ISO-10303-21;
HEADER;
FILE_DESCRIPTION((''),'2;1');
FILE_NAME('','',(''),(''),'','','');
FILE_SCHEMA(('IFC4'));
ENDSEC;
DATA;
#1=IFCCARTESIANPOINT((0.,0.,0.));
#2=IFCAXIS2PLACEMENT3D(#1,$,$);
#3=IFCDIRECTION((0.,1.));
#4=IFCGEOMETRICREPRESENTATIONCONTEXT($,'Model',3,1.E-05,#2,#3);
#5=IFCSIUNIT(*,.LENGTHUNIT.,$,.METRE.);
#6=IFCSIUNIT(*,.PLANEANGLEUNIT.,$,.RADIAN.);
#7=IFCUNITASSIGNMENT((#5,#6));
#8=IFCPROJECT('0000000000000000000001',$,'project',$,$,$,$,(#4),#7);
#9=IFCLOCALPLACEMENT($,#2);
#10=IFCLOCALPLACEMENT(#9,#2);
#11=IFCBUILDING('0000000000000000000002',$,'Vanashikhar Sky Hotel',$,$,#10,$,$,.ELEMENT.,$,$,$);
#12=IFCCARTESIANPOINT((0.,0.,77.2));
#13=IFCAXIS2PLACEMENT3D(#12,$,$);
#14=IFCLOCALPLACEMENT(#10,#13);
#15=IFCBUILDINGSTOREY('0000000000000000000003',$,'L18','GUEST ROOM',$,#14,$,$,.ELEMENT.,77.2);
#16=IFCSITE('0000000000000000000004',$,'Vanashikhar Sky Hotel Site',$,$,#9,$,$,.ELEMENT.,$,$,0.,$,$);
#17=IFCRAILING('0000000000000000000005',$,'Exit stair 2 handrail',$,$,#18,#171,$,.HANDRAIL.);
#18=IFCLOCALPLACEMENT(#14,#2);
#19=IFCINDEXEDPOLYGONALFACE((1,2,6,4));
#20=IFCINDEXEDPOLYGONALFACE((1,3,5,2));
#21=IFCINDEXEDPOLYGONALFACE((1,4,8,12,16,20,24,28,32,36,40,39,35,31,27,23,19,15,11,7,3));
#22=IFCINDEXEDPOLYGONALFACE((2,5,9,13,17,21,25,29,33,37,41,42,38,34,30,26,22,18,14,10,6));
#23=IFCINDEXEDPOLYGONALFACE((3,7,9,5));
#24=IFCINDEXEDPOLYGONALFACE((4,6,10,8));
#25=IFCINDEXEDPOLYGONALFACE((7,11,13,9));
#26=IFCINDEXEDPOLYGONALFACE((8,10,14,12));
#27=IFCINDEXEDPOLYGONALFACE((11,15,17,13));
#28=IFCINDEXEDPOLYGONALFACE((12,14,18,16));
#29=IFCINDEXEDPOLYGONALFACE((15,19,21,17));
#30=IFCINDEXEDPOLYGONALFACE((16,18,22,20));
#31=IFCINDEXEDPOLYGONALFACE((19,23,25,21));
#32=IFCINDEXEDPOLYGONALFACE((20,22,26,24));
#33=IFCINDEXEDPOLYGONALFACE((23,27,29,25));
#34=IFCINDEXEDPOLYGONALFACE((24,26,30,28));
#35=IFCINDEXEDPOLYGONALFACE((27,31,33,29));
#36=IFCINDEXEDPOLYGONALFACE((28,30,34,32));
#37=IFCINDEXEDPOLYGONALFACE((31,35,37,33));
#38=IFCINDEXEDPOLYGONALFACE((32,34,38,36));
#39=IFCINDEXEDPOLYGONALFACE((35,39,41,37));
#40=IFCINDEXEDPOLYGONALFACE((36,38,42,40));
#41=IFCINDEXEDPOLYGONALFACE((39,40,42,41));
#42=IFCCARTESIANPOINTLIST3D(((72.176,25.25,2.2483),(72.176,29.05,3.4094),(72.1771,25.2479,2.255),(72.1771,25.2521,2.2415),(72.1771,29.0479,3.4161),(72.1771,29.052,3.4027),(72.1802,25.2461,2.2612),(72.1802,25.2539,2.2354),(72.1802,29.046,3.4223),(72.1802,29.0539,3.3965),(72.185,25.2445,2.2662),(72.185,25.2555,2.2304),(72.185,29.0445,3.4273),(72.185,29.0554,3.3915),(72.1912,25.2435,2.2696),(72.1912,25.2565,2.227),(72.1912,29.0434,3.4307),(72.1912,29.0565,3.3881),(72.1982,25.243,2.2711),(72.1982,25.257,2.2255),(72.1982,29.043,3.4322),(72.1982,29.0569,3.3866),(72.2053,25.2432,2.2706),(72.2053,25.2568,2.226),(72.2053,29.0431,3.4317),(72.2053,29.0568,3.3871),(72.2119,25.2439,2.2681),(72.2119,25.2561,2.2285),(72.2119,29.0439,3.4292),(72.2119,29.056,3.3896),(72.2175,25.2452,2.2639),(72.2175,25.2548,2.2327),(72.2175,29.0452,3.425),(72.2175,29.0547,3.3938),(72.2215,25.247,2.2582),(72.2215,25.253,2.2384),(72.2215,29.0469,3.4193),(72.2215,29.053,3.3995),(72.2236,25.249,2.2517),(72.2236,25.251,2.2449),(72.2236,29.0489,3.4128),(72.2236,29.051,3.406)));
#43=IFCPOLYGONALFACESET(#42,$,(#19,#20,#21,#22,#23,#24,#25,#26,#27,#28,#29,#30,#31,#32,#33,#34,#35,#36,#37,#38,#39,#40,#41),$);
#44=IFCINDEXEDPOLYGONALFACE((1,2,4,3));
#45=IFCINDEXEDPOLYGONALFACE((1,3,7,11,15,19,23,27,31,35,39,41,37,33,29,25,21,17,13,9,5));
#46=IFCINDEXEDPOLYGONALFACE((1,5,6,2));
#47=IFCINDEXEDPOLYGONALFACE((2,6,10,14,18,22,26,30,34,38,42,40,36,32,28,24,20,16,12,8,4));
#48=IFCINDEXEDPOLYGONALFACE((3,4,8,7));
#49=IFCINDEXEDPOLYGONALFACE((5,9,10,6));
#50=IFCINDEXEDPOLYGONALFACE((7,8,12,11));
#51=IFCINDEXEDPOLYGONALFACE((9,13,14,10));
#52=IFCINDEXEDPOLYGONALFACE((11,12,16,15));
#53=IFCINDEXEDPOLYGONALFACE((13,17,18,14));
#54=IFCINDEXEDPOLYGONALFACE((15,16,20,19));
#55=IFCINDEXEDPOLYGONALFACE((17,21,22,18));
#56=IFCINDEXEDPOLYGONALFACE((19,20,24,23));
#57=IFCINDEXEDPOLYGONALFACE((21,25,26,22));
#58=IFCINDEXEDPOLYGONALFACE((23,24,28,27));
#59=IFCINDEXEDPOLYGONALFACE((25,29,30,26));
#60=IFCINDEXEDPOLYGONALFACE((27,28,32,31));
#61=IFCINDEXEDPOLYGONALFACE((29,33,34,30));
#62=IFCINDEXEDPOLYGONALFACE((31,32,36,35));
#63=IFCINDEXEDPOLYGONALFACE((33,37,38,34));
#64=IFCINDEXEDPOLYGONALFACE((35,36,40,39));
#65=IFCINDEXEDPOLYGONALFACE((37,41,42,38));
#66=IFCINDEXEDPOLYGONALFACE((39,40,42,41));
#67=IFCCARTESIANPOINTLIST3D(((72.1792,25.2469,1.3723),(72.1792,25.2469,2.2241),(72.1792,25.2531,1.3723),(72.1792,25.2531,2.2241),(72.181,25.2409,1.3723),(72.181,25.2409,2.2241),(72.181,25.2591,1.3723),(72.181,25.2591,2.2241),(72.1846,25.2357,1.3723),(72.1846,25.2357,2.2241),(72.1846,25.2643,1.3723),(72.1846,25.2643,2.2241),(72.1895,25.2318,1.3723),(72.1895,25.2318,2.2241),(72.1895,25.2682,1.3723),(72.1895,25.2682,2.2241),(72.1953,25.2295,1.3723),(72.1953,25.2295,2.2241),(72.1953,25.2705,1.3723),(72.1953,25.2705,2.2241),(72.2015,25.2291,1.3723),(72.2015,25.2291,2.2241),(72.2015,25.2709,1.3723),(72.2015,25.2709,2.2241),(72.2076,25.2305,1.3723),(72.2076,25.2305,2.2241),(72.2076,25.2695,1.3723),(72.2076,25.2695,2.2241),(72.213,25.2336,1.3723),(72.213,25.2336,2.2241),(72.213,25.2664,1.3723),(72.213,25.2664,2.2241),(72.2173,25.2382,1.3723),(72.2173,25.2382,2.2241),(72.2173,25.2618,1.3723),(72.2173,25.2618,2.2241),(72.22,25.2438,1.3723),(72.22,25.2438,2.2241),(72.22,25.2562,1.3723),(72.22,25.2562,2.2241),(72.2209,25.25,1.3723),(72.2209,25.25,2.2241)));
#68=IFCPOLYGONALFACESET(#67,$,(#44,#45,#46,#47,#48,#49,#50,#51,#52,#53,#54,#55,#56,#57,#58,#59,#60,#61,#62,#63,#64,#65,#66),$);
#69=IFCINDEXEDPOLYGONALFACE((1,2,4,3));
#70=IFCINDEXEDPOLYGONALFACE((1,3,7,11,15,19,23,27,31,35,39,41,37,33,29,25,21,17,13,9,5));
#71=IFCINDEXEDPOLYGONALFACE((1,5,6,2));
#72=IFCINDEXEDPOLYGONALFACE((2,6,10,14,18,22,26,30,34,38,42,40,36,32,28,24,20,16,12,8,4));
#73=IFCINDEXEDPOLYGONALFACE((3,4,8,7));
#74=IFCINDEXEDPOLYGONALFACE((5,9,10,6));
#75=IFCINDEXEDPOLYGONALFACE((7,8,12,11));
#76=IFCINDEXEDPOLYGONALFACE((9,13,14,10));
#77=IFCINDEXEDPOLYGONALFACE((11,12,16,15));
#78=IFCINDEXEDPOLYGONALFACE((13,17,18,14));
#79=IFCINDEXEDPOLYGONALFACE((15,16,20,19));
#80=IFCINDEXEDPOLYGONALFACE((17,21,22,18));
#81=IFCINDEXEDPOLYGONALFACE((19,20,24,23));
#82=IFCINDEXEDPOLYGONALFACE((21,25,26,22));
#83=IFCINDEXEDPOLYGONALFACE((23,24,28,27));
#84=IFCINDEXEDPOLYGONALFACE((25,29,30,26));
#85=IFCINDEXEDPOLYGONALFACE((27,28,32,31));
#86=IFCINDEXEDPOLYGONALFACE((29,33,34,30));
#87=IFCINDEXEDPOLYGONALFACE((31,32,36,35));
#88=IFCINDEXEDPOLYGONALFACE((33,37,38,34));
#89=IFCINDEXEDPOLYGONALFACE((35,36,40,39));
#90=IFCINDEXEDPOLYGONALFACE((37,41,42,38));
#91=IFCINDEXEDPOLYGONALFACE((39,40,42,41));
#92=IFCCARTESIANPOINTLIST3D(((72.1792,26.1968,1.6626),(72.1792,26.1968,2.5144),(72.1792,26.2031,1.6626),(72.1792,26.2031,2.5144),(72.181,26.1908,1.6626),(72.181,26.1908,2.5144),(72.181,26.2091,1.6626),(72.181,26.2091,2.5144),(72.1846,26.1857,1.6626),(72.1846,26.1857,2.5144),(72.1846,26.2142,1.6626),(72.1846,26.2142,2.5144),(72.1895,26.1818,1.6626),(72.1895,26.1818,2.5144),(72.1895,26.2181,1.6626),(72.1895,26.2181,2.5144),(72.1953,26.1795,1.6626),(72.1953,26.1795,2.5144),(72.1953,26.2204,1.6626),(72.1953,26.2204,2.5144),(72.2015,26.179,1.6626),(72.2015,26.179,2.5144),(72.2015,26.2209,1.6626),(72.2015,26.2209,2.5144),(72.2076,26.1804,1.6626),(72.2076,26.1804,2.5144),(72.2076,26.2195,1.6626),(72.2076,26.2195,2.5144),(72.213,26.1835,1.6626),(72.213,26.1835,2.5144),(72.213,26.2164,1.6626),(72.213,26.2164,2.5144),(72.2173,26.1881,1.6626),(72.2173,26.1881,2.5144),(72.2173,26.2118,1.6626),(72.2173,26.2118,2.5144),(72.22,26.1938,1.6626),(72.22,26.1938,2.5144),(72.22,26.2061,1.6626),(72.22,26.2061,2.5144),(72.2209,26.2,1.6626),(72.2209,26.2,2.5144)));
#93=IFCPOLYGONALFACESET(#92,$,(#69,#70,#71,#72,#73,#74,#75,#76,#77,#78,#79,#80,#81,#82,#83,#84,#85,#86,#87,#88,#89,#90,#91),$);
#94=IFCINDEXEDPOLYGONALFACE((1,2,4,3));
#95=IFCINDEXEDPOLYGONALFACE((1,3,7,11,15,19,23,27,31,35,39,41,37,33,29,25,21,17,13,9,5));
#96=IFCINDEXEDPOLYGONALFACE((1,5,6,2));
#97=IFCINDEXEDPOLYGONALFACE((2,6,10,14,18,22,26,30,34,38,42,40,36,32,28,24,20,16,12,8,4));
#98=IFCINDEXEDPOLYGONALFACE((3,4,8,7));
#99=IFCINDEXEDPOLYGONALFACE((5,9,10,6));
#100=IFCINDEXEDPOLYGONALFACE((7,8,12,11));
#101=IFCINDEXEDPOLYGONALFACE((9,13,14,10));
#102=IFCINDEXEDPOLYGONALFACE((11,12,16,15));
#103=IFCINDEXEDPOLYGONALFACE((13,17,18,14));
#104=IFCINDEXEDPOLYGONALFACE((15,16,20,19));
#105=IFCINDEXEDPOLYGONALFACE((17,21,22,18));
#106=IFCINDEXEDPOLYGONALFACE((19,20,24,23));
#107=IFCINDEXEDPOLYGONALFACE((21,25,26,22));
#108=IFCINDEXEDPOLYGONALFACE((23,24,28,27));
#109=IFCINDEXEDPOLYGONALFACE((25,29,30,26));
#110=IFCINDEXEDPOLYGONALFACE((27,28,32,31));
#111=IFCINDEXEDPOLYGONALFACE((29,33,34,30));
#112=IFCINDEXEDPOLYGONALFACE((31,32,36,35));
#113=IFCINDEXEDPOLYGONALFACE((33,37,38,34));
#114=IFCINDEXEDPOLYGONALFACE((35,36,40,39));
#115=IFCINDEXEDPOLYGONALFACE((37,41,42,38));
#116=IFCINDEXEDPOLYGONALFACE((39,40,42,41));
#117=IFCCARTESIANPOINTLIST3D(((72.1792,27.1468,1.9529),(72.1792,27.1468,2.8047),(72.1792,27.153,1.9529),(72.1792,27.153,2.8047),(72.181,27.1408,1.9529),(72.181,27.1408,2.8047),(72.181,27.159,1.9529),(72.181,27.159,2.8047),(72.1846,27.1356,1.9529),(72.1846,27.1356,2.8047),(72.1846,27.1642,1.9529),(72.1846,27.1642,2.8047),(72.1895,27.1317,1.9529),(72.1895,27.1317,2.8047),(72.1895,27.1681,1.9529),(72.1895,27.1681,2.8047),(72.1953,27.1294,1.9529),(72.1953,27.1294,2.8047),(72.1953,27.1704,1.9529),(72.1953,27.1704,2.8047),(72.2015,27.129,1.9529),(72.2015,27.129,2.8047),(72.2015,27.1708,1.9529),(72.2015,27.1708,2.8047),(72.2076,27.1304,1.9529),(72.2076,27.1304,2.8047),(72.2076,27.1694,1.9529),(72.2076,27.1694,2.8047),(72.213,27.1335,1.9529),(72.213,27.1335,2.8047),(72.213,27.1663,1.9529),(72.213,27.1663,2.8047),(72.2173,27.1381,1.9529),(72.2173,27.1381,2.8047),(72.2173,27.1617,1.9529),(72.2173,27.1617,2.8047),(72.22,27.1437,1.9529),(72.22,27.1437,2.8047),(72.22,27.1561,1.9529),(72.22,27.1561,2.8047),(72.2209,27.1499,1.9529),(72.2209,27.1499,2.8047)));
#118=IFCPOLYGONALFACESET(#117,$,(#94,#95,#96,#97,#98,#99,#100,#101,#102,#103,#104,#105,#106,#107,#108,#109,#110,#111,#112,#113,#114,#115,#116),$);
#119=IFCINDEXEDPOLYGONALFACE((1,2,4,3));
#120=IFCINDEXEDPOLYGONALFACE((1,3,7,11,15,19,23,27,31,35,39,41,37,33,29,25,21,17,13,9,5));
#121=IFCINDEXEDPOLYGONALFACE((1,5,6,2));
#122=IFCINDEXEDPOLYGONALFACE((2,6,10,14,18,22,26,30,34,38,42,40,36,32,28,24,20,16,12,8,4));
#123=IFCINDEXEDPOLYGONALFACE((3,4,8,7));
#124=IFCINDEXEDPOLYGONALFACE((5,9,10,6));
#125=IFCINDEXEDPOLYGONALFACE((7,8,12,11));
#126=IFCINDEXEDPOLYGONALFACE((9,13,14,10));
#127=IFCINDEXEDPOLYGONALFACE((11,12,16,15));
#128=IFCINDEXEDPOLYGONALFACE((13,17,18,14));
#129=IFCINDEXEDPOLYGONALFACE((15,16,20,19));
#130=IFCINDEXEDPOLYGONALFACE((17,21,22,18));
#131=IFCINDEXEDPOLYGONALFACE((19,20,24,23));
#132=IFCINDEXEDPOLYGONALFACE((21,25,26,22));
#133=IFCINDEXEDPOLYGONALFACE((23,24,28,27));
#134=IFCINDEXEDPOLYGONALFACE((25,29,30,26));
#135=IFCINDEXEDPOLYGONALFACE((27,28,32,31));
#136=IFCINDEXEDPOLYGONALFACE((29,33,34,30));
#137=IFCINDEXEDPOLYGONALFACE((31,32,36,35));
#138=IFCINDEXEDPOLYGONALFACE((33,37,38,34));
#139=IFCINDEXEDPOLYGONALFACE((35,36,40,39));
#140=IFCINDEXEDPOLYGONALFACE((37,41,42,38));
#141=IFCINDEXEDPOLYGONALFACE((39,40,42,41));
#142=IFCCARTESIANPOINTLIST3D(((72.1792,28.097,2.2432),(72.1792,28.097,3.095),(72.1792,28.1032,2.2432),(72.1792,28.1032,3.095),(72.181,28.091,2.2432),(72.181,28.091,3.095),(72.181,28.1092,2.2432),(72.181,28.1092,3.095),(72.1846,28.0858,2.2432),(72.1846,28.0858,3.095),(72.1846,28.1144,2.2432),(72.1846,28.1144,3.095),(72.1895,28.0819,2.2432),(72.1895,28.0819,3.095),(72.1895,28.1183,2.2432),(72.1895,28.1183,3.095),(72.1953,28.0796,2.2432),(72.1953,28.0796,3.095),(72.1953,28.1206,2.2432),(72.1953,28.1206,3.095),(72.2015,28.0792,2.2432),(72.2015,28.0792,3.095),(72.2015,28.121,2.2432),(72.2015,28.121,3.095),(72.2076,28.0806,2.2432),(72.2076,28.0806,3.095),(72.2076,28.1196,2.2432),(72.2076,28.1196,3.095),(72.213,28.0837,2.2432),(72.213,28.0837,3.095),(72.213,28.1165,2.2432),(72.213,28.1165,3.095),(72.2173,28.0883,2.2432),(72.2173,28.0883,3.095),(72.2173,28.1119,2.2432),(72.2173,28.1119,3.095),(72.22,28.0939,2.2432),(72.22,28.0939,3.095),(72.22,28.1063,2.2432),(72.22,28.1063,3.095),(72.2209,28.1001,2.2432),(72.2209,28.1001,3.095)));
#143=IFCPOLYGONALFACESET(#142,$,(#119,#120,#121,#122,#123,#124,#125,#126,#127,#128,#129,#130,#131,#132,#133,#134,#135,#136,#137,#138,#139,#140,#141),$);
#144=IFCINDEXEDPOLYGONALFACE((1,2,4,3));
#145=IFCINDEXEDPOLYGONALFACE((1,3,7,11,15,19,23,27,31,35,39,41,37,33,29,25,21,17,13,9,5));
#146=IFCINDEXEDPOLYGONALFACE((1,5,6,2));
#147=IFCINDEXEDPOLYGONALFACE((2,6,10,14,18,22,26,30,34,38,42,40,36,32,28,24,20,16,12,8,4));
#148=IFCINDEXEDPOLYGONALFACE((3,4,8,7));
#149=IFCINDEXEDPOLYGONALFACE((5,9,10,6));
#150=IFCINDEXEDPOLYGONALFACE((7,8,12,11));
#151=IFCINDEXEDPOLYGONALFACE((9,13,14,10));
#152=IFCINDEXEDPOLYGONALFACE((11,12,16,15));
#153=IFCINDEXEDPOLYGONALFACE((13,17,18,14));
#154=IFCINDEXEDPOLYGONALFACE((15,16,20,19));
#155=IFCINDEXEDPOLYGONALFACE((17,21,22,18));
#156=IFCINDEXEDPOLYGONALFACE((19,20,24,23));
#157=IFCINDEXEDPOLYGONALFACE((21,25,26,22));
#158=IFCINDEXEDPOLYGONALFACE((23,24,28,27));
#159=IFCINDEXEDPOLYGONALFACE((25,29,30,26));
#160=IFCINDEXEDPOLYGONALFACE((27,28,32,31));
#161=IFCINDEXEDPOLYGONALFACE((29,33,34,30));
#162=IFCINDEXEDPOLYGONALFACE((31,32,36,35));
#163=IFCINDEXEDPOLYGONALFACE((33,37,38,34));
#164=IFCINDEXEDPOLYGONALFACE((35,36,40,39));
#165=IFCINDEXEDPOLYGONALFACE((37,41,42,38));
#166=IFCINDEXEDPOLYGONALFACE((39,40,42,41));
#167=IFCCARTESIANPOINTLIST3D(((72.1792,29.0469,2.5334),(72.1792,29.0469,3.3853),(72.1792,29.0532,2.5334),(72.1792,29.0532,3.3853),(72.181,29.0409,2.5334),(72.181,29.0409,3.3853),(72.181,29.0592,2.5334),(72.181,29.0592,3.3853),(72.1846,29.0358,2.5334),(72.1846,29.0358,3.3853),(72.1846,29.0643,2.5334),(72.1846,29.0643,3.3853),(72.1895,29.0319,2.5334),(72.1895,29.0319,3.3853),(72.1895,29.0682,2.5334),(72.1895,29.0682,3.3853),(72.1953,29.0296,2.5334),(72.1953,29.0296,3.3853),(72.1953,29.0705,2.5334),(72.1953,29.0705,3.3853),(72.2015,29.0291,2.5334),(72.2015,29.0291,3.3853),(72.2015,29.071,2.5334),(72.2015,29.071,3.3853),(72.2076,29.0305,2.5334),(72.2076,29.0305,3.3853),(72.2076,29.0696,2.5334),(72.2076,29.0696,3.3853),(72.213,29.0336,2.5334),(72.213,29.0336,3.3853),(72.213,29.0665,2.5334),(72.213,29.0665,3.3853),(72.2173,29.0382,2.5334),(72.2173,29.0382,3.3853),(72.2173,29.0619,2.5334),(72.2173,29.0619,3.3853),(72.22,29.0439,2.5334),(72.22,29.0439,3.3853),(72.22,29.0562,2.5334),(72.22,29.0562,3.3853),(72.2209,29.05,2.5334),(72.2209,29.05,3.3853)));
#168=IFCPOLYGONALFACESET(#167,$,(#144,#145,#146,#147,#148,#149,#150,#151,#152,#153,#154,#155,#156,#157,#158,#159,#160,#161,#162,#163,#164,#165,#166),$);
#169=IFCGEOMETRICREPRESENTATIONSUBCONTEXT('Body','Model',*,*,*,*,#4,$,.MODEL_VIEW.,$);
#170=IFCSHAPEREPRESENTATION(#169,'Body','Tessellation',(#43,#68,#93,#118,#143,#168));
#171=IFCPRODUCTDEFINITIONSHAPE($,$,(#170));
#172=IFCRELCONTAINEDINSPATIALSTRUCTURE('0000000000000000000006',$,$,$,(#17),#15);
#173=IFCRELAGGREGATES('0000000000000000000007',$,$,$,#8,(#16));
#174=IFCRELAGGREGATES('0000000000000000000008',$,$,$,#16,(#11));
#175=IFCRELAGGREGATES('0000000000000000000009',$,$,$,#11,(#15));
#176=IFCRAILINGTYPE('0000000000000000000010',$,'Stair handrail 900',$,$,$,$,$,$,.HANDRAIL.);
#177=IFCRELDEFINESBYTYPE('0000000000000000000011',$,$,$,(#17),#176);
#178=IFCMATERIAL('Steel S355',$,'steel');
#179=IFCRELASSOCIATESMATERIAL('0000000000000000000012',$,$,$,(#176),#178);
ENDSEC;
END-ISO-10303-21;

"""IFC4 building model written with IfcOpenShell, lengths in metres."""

from ifc_helpers import new_model, si_unit, direction, frame, origin, origin_2d, place, context, subcontext, project, spatial, circle, extrude, source, transform, mapped, material, type_object, element, save


model = new_model("IFC4")

# Units and contexts
model_context = context("Model", 3, precision=1e-05, world=origin(), true_north=direction((0.0, 1.0)))
body_context = subcontext(model_context, "Body", "Model", "MODEL_VIEW")
ifc_project = project(units=[si_unit("LENGTHUNIT", "METRE"), si_unit("PLANEANGLEUNIT", "RADIAN")], contexts=[model_context])

# Site, building, storey
site_placement = place(None, origin())
site = spatial("IfcSite", under=ifc_project, at=site_placement, Name="Vanashikhar Sky Hotel Site", CompositionType="ELEMENT", RefElevation=0.0)
building_placement = place(site_placement, origin())
building = spatial("IfcBuilding", under=site, at=building_placement, Name="Vanashikhar Sky Hotel", CompositionType="ELEMENT")
storey_placement = place(building_placement, frame((0.0, 0.0, 77.2)))
storey = spatial("IfcBuildingStorey", under=building, at=storey_placement, Name="L18", Description="GUEST ROOM", CompositionType="ELEMENT", Elevation=77.2)

# Railing
ifc_material_1 = material(Name="Steel S355", Category="steel")
railing_type_1 = type_object("IfcRailingType", Name="Stair handrail 900", PredefinedType="HANDRAIL", material=ifc_material_1)
shared_shape_1 = source(origin(), body_context, "Body", "SweptSolid", [
    extrude(circle(Radius=0.0239, at=origin_2d()), frame((0.0, 0.0, 0.876), z_axis=(0.0, 0.956351, 0.29222), x_axis=(-1.0, 0.0, 0.0)), (0.0, 0.0, 1.0), 3.9734),
    extrude(circle(Radius=0.021, at=origin_2d()), origin(), (0.0, 0.0, 1.0), 0.8518),
    extrude(circle(Radius=0.021, at=origin_2d()), frame((0.0, 0.95, 0.2903)), (0.0, 0.0, 1.0), 0.8518),
    extrude(circle(Radius=0.021, at=origin_2d()), frame((0.0, 1.8999, 0.5806)), (0.0, 0.0, 1.0), 0.8518),
    extrude(circle(Radius=0.021, at=origin_2d()), frame((0.0, 2.8501, 0.8708)), (0.0, 0.0, 1.0), 0.8518),
    extrude(circle(Radius=0.021, at=origin_2d()), frame((0.0, 3.8, 1.1611)), (0.0, 0.0, 1.0), 0.8518),
])
for number, where, name in (
    (1, (72.2, 25.25, 1.3723), "Exit stair 2 handrail"),
):
    element("IfcRailing", number, at=place(storey_placement, frame(where)), inside=storey, type_object=railing_type_1, Name=name, PredefinedType="HANDRAIL", context=body_context, shape_type="MappedRepresentation", body=[
        mapped(shared_shape_1, transform((0.0, 0.0, 0.0), scale=1.0)),
    ])

save(model, "model.ifc")
